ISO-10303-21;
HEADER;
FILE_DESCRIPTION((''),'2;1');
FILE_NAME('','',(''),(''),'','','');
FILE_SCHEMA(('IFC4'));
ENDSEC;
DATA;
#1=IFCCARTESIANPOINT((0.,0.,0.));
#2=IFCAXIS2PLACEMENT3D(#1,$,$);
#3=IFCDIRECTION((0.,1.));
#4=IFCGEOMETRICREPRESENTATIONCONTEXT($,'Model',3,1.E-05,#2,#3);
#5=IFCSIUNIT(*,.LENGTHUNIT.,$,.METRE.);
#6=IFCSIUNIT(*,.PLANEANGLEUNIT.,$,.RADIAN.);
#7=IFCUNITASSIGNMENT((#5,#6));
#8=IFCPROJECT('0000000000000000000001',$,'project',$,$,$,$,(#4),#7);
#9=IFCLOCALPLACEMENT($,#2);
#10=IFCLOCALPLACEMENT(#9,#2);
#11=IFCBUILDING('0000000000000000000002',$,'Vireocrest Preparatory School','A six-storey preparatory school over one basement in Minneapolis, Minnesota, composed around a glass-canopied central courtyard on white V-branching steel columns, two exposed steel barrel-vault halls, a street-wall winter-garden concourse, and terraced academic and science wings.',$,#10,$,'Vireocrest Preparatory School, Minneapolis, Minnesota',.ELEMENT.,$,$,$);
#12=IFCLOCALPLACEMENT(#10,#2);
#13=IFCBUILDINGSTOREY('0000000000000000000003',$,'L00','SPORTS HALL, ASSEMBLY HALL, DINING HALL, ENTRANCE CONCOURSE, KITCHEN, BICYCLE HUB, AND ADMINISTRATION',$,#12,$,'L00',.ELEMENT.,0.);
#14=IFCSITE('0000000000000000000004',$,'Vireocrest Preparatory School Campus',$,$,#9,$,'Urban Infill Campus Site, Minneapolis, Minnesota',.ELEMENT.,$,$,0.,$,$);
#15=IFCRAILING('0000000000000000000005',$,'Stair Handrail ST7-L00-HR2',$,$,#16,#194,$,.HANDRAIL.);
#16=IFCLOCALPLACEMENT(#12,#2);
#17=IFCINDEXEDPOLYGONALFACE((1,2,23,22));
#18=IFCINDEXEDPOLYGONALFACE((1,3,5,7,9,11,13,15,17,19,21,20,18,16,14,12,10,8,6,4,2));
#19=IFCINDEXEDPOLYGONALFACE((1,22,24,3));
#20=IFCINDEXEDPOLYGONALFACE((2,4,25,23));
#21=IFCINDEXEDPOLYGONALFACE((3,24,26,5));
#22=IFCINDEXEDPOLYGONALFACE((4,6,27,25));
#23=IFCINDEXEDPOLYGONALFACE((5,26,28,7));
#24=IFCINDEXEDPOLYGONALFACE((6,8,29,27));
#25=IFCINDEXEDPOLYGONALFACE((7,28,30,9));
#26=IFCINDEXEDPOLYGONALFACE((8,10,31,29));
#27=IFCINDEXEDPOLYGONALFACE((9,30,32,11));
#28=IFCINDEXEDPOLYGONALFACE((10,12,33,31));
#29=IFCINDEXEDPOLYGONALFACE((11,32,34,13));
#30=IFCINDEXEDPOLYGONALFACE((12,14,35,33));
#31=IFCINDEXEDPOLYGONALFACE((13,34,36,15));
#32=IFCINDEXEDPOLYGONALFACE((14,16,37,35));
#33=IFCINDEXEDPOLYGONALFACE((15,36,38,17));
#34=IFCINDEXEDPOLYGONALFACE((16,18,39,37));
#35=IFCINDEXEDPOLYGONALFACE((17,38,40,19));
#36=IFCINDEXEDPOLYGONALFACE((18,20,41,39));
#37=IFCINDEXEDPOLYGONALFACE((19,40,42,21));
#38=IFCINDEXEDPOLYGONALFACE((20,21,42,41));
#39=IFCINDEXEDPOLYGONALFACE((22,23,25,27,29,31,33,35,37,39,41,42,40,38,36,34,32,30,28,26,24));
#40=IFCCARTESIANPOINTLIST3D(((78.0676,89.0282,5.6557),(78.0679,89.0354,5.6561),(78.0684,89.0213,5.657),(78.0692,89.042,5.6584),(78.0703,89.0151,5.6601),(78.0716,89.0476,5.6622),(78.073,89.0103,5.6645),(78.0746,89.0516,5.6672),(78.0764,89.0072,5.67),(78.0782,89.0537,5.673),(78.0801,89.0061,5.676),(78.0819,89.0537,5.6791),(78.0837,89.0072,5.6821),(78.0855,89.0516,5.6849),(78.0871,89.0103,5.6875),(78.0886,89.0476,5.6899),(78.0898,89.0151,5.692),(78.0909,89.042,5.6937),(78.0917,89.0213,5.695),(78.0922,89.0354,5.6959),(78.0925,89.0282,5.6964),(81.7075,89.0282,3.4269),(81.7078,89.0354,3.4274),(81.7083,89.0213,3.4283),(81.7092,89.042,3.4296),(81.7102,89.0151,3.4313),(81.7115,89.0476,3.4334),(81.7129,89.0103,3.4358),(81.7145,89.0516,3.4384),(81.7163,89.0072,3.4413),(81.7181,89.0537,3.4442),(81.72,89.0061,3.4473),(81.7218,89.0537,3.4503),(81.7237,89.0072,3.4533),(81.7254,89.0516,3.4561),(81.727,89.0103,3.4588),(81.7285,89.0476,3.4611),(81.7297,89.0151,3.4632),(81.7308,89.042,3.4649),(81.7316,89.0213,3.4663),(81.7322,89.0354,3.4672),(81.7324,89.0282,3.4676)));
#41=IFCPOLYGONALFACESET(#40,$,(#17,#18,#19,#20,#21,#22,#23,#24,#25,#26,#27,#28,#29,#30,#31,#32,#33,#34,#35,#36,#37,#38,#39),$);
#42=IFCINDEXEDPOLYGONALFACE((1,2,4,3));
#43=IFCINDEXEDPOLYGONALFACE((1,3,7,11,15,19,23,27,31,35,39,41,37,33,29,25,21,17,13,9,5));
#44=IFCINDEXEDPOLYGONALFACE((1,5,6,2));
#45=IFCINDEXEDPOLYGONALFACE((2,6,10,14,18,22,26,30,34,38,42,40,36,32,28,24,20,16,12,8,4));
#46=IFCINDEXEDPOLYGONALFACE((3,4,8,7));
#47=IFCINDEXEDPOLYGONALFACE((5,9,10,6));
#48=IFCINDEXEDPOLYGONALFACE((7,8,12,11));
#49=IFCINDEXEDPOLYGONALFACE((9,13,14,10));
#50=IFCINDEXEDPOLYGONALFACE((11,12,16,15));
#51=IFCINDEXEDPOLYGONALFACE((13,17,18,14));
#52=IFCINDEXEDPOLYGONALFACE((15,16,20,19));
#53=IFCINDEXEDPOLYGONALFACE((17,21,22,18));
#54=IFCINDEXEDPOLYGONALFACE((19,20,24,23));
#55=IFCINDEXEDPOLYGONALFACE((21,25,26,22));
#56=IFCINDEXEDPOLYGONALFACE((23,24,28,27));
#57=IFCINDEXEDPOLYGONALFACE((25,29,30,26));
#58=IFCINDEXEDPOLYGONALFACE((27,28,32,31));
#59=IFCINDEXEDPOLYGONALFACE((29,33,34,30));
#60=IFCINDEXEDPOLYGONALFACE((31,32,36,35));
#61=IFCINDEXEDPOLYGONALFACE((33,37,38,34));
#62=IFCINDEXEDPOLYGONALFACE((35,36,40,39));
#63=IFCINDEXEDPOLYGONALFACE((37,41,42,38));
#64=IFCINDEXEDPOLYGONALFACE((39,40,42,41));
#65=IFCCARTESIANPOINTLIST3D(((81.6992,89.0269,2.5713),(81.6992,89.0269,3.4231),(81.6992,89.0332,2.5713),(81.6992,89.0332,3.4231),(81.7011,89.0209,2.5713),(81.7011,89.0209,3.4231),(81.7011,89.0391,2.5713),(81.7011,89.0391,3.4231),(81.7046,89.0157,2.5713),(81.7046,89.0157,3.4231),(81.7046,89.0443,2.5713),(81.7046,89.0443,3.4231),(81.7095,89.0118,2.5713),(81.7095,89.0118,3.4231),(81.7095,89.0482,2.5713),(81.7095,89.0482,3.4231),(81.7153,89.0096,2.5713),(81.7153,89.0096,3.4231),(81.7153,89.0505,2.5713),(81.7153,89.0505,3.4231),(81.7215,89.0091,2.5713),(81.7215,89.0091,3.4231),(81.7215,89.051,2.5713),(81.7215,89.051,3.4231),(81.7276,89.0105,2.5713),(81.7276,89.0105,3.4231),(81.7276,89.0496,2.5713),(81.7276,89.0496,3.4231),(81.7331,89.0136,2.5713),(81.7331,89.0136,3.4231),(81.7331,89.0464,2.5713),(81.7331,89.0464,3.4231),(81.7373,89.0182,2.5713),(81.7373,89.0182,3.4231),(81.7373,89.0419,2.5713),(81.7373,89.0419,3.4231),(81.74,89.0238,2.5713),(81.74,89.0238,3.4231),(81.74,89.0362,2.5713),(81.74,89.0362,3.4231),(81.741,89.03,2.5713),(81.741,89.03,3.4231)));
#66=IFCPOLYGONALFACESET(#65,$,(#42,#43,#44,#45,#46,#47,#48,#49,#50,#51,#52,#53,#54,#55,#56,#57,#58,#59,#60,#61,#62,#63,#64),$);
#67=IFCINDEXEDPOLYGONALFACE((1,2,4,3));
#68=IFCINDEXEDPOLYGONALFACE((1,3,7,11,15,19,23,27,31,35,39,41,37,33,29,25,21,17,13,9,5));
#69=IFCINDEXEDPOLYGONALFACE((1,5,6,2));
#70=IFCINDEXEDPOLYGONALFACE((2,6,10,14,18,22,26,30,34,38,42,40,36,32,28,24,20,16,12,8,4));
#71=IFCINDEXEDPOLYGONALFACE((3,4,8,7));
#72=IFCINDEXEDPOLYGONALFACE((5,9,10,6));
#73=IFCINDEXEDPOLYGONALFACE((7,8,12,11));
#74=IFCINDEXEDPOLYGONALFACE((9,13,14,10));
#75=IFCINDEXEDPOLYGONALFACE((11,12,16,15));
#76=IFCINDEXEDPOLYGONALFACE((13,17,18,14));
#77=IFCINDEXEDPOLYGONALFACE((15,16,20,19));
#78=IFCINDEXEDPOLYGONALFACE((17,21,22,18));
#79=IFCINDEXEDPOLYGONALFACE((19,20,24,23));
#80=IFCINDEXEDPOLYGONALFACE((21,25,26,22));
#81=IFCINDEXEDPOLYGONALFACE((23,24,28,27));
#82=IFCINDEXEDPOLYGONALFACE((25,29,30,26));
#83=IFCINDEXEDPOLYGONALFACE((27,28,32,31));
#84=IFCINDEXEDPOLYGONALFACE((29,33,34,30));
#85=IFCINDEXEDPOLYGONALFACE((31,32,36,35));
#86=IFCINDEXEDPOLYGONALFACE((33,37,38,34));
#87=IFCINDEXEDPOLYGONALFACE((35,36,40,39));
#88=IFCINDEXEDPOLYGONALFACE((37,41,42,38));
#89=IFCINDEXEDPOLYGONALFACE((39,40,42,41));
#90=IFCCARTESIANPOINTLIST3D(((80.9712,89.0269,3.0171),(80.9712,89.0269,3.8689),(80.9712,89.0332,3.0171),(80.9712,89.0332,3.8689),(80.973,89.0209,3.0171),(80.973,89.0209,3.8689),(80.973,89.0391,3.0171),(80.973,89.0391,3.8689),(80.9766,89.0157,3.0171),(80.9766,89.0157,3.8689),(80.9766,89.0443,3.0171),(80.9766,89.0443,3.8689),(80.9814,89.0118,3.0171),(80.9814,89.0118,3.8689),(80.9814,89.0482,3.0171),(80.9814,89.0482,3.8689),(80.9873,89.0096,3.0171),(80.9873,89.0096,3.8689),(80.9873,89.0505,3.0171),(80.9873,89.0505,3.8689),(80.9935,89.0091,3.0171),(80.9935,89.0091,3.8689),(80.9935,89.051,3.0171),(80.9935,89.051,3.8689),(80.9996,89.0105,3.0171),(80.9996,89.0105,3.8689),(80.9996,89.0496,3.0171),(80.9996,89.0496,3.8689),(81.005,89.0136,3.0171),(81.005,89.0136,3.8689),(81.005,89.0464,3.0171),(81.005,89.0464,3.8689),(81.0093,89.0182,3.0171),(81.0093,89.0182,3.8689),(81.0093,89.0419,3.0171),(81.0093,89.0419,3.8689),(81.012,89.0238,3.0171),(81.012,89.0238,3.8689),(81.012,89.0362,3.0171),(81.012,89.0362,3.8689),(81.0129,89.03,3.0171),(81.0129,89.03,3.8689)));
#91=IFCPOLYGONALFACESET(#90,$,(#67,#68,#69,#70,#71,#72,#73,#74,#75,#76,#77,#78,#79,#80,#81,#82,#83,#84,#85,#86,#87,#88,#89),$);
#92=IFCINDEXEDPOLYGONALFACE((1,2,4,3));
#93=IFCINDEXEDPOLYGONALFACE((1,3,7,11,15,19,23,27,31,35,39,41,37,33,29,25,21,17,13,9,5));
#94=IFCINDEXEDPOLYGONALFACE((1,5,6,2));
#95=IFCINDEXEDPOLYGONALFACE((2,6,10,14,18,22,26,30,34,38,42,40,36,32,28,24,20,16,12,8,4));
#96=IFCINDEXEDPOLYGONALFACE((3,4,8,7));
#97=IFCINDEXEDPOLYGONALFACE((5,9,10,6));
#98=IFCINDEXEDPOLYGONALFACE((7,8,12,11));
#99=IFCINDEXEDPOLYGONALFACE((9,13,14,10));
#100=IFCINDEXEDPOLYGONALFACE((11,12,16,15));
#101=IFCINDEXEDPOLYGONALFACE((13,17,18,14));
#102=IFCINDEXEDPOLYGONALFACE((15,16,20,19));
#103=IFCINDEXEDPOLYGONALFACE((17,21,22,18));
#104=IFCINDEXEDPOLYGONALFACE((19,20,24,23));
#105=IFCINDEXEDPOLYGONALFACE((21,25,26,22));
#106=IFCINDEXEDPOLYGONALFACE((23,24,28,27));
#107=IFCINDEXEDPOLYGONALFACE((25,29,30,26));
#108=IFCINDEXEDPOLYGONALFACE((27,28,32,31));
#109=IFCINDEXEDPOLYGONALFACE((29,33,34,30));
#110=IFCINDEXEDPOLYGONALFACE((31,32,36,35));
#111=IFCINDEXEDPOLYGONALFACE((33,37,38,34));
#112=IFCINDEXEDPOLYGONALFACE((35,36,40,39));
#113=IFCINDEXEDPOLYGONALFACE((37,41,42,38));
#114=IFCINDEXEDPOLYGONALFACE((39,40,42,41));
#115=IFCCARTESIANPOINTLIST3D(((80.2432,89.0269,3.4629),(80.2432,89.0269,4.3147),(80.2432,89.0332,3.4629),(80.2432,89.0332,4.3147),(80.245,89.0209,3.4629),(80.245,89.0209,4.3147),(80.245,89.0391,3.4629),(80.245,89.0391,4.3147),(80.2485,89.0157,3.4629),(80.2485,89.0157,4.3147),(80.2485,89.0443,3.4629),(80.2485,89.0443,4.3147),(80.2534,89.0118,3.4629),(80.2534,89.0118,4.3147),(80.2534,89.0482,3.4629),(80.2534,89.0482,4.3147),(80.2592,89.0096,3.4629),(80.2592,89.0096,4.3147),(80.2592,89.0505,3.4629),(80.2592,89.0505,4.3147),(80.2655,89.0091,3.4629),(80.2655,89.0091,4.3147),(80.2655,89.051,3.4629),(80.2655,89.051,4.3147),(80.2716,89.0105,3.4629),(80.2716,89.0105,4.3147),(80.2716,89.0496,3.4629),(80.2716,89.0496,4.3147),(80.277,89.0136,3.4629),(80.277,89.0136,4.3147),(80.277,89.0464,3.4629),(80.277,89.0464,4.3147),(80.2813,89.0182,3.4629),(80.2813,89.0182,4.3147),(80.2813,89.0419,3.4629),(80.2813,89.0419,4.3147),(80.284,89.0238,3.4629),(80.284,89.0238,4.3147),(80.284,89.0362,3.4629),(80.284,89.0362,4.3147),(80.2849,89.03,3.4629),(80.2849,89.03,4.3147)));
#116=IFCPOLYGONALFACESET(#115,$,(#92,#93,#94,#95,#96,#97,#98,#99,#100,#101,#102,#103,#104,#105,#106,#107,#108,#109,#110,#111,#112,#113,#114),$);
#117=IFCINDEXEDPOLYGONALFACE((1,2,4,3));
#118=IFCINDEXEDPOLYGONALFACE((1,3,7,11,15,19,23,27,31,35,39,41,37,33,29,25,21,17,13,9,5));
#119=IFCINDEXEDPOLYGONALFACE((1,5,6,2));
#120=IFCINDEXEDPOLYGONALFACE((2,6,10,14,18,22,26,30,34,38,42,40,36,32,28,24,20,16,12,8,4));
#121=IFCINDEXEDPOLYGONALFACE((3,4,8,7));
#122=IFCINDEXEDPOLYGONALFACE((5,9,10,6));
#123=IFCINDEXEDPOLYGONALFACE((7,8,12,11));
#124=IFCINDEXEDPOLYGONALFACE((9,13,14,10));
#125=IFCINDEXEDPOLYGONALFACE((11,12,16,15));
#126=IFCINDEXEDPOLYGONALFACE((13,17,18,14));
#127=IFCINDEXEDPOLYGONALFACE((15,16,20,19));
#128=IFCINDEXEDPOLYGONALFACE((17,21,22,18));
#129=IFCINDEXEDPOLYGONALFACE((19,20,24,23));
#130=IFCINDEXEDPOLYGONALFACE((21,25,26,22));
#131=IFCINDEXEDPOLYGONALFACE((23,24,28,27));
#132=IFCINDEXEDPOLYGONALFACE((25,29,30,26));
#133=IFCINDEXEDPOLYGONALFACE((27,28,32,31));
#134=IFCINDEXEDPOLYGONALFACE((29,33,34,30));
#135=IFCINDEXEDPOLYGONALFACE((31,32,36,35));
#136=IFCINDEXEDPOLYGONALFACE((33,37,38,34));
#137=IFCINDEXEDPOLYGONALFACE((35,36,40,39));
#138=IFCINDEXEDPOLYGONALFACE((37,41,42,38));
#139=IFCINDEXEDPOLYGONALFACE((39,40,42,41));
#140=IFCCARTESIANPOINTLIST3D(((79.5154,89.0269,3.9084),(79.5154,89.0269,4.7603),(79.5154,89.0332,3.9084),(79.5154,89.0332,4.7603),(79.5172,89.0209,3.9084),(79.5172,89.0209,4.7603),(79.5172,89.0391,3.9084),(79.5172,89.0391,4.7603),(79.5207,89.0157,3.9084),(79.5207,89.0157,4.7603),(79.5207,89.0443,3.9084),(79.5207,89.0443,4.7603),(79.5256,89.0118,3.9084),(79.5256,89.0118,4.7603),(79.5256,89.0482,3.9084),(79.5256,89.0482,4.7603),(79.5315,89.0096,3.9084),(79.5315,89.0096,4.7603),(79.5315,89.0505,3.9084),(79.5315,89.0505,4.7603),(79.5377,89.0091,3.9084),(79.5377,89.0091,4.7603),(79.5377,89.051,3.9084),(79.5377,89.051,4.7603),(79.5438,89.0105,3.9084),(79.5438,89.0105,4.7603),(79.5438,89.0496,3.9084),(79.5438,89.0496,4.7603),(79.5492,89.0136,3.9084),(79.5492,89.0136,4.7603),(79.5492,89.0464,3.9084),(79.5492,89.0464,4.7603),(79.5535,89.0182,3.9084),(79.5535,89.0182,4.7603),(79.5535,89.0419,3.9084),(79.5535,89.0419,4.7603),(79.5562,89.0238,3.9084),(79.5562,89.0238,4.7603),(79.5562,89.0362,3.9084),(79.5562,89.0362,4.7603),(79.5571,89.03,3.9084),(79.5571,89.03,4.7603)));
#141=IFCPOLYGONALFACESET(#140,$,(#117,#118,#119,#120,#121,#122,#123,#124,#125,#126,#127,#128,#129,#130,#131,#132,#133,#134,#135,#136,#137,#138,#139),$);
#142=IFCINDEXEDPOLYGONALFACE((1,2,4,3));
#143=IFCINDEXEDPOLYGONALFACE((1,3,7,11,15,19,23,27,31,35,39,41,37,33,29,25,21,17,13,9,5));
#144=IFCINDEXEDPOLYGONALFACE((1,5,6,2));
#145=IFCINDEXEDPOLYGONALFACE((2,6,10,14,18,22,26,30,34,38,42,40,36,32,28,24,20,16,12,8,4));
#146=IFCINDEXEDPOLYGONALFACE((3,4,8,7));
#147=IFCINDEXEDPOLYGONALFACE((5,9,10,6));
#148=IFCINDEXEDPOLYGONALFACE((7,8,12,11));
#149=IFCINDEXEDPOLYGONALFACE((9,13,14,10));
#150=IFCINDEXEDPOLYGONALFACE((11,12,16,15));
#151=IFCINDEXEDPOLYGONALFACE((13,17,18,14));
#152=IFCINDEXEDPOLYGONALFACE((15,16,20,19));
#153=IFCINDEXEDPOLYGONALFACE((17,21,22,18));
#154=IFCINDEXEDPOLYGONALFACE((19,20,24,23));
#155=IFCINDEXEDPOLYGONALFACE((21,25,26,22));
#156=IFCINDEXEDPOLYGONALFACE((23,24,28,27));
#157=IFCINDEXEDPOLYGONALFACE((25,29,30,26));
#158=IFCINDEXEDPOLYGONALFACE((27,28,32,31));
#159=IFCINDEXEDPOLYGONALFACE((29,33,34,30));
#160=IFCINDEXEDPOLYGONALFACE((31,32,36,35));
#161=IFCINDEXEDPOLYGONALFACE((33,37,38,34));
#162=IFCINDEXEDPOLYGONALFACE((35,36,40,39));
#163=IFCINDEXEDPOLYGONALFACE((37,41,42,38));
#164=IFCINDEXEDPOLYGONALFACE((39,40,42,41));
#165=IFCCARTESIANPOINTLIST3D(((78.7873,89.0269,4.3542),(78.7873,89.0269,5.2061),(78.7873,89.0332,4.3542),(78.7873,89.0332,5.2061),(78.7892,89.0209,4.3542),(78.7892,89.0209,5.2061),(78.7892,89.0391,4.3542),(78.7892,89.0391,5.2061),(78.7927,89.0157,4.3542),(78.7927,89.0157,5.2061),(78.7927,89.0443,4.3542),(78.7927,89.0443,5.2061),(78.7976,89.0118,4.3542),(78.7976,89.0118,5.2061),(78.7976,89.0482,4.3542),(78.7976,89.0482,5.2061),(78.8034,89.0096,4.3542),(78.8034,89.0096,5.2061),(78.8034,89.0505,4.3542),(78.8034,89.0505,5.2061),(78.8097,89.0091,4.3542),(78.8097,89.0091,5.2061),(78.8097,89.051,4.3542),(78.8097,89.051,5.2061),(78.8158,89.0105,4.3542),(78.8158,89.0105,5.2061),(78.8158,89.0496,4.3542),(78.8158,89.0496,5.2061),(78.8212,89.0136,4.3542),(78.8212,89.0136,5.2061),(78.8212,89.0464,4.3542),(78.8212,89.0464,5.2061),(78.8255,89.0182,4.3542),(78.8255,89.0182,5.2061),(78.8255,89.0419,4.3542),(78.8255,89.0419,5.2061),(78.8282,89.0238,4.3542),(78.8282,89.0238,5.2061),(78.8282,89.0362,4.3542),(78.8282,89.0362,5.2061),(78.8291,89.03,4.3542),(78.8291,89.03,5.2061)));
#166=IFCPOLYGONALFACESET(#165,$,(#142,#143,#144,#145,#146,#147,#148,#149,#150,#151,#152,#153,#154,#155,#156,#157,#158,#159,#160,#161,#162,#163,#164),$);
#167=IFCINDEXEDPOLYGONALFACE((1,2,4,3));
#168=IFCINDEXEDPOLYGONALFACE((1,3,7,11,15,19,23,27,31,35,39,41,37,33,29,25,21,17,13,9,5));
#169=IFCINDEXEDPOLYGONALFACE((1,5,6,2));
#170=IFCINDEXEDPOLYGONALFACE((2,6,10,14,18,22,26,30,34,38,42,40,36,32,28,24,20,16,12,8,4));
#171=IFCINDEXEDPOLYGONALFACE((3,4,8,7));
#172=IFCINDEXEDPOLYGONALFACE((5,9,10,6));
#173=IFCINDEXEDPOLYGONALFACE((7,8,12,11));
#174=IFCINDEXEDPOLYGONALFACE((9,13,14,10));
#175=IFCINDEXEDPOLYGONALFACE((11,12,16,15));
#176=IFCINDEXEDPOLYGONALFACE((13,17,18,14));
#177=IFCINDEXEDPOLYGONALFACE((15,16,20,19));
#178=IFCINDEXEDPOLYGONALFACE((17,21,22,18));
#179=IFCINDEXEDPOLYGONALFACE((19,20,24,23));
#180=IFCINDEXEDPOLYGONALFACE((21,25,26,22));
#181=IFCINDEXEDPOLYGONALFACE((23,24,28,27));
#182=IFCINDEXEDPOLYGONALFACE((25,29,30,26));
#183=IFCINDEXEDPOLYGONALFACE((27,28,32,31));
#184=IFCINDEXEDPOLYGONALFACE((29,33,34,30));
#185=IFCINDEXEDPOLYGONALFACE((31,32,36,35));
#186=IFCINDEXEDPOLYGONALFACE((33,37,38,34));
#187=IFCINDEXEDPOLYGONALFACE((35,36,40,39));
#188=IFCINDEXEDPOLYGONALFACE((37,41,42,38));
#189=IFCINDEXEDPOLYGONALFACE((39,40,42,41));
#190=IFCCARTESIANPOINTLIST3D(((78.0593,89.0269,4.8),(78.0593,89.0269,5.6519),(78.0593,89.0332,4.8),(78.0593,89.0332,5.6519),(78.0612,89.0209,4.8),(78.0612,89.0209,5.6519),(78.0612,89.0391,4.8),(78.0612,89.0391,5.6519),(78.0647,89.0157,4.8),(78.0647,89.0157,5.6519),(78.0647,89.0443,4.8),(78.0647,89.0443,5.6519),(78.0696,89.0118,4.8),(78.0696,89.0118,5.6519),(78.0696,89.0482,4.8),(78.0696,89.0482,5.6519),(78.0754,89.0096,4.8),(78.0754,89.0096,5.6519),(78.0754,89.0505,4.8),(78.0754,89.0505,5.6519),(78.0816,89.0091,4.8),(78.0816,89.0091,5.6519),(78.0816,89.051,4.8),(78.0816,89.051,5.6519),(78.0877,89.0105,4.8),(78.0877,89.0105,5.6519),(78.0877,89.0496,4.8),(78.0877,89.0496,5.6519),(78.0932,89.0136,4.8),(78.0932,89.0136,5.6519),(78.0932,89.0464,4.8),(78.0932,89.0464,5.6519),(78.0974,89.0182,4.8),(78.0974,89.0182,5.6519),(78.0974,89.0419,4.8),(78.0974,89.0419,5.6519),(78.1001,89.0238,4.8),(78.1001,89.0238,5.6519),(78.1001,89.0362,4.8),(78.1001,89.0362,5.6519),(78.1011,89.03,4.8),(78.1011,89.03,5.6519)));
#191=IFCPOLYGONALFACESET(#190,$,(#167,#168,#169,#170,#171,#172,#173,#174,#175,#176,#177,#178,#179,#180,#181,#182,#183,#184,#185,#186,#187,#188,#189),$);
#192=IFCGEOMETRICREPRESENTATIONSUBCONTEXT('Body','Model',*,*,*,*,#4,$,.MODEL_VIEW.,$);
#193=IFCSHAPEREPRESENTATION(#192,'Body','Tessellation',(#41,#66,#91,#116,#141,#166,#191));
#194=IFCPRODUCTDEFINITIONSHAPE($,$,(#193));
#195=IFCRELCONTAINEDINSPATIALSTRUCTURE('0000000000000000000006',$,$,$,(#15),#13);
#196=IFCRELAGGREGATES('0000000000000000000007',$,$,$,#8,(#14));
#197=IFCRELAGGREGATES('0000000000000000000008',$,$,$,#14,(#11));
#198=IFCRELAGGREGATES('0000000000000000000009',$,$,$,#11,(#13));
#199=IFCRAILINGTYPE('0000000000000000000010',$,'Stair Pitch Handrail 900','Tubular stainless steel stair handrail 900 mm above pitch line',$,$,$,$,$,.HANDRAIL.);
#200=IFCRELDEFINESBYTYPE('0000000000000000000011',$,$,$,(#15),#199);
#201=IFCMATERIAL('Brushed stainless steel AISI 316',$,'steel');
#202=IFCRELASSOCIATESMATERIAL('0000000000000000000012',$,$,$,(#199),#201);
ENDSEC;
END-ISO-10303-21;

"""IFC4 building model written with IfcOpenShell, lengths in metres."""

from ifc_helpers import new_model, si_unit, direction, frame, origin, origin_2d, place, context, subcontext, project, spatial, circle, extrude, material, type_object, element, save


model = new_model("IFC4")

# Units and contexts
model_context = context("Model", 3, precision=1e-05, world=origin(), true_north=direction((0.0, 1.0)))
body_context = subcontext(model_context, "Body", "Model", "MODEL_VIEW")
ifc_project = project(units=[si_unit("LENGTHUNIT", "METRE"), si_unit("PLANEANGLEUNIT", "RADIAN")], contexts=[model_context])

# Site, building, storey
site_placement = place(None, origin())
site = spatial("IfcSite", under=ifc_project, at=site_placement, Name="Vireocrest Preparatory School Campus", LongName="Urban Infill Campus Site, Minneapolis, Minnesota", CompositionType="ELEMENT", RefElevation=0.0)
building_placement = place(site_placement, origin())
building = spatial("IfcBuilding", under=site, at=building_placement, Name="Vireocrest Preparatory School", Description="A six-storey preparatory school over one basement in Minneapolis, Minnesota, composed around a glass-canopied central courtyard on white V-branching steel columns, two exposed steel barrel-vault halls, a street-wall winter-garden concourse, and terraced academic and science wings.", LongName="Vireocrest Preparatory School, Minneapolis, Minnesota", CompositionType="ELEMENT")
storey_placement = place(building_placement, origin())
storey = spatial("IfcBuildingStorey", under=building, at=storey_placement, Name="L00", Description="SPORTS HALL, ASSEMBLY HALL, DINING HALL, ENTRANCE CONCOURSE, KITCHEN, BICYCLE HUB, AND ADMINISTRATION", LongName="L00", CompositionType="ELEMENT", Elevation=0.0)

# Railing
ifc_material_1 = material(Name="Brushed stainless steel AISI 316", Category="steel")
railing_type_1 = type_object("IfcRailingType", Name="Stair Pitch Handrail 900", Description="Tubular stainless steel stair handrail 900 mm above pitch line", PredefinedType="HANDRAIL", material=ifc_material_1)
railing_1_placement = place(storey_placement, frame((81.72, 89.03, 2.5713)))
element("IfcRailing", 1, at=railing_1_placement, inside=storey, type_object=railing_type_1, Name="Stair Handrail ST7-L00-HR2", PredefinedType="HANDRAIL", context=body_context, shape_type="SweptSolid", body=[
    extrude(circle(Radius=0.0239, at=origin_2d()), frame((0.0, 0.0, 0.876), z_axis=(-0.852825, 0.0, 0.522197), x_axis=(0.0, -1.0, 0.0)), (0.0, 0.0, 1.0), 4.2681),
    extrude(circle(Radius=0.021, at=origin_2d()), origin(), (0.0, 0.0, 1.0), 0.8518),
    extrude(circle(Radius=0.021, at=origin_2d()), frame((-0.728, 0.0, 0.4458)), (0.0, 0.0, 1.0), 0.8518),
    extrude(circle(Radius=0.021, at=origin_2d()), frame((-1.4561, 0.0, 0.8916)), (0.0, 0.0, 1.0), 0.8518),
    extrude(circle(Radius=0.021, at=origin_2d()), frame((-2.1838, 0.0, 1.3372)), (0.0, 0.0, 1.0), 0.8518),
    extrude(circle(Radius=0.021, at=origin_2d()), frame((-2.9119, 0.0, 1.783)), (0.0, 0.0, 1.0), 0.8518),
    extrude(circle(Radius=0.021, at=origin_2d()), frame((-3.6399, 0.0, 2.2288)), (0.0, 0.0, 1.0), 0.8518),
])

save(model, "model.ifc")
